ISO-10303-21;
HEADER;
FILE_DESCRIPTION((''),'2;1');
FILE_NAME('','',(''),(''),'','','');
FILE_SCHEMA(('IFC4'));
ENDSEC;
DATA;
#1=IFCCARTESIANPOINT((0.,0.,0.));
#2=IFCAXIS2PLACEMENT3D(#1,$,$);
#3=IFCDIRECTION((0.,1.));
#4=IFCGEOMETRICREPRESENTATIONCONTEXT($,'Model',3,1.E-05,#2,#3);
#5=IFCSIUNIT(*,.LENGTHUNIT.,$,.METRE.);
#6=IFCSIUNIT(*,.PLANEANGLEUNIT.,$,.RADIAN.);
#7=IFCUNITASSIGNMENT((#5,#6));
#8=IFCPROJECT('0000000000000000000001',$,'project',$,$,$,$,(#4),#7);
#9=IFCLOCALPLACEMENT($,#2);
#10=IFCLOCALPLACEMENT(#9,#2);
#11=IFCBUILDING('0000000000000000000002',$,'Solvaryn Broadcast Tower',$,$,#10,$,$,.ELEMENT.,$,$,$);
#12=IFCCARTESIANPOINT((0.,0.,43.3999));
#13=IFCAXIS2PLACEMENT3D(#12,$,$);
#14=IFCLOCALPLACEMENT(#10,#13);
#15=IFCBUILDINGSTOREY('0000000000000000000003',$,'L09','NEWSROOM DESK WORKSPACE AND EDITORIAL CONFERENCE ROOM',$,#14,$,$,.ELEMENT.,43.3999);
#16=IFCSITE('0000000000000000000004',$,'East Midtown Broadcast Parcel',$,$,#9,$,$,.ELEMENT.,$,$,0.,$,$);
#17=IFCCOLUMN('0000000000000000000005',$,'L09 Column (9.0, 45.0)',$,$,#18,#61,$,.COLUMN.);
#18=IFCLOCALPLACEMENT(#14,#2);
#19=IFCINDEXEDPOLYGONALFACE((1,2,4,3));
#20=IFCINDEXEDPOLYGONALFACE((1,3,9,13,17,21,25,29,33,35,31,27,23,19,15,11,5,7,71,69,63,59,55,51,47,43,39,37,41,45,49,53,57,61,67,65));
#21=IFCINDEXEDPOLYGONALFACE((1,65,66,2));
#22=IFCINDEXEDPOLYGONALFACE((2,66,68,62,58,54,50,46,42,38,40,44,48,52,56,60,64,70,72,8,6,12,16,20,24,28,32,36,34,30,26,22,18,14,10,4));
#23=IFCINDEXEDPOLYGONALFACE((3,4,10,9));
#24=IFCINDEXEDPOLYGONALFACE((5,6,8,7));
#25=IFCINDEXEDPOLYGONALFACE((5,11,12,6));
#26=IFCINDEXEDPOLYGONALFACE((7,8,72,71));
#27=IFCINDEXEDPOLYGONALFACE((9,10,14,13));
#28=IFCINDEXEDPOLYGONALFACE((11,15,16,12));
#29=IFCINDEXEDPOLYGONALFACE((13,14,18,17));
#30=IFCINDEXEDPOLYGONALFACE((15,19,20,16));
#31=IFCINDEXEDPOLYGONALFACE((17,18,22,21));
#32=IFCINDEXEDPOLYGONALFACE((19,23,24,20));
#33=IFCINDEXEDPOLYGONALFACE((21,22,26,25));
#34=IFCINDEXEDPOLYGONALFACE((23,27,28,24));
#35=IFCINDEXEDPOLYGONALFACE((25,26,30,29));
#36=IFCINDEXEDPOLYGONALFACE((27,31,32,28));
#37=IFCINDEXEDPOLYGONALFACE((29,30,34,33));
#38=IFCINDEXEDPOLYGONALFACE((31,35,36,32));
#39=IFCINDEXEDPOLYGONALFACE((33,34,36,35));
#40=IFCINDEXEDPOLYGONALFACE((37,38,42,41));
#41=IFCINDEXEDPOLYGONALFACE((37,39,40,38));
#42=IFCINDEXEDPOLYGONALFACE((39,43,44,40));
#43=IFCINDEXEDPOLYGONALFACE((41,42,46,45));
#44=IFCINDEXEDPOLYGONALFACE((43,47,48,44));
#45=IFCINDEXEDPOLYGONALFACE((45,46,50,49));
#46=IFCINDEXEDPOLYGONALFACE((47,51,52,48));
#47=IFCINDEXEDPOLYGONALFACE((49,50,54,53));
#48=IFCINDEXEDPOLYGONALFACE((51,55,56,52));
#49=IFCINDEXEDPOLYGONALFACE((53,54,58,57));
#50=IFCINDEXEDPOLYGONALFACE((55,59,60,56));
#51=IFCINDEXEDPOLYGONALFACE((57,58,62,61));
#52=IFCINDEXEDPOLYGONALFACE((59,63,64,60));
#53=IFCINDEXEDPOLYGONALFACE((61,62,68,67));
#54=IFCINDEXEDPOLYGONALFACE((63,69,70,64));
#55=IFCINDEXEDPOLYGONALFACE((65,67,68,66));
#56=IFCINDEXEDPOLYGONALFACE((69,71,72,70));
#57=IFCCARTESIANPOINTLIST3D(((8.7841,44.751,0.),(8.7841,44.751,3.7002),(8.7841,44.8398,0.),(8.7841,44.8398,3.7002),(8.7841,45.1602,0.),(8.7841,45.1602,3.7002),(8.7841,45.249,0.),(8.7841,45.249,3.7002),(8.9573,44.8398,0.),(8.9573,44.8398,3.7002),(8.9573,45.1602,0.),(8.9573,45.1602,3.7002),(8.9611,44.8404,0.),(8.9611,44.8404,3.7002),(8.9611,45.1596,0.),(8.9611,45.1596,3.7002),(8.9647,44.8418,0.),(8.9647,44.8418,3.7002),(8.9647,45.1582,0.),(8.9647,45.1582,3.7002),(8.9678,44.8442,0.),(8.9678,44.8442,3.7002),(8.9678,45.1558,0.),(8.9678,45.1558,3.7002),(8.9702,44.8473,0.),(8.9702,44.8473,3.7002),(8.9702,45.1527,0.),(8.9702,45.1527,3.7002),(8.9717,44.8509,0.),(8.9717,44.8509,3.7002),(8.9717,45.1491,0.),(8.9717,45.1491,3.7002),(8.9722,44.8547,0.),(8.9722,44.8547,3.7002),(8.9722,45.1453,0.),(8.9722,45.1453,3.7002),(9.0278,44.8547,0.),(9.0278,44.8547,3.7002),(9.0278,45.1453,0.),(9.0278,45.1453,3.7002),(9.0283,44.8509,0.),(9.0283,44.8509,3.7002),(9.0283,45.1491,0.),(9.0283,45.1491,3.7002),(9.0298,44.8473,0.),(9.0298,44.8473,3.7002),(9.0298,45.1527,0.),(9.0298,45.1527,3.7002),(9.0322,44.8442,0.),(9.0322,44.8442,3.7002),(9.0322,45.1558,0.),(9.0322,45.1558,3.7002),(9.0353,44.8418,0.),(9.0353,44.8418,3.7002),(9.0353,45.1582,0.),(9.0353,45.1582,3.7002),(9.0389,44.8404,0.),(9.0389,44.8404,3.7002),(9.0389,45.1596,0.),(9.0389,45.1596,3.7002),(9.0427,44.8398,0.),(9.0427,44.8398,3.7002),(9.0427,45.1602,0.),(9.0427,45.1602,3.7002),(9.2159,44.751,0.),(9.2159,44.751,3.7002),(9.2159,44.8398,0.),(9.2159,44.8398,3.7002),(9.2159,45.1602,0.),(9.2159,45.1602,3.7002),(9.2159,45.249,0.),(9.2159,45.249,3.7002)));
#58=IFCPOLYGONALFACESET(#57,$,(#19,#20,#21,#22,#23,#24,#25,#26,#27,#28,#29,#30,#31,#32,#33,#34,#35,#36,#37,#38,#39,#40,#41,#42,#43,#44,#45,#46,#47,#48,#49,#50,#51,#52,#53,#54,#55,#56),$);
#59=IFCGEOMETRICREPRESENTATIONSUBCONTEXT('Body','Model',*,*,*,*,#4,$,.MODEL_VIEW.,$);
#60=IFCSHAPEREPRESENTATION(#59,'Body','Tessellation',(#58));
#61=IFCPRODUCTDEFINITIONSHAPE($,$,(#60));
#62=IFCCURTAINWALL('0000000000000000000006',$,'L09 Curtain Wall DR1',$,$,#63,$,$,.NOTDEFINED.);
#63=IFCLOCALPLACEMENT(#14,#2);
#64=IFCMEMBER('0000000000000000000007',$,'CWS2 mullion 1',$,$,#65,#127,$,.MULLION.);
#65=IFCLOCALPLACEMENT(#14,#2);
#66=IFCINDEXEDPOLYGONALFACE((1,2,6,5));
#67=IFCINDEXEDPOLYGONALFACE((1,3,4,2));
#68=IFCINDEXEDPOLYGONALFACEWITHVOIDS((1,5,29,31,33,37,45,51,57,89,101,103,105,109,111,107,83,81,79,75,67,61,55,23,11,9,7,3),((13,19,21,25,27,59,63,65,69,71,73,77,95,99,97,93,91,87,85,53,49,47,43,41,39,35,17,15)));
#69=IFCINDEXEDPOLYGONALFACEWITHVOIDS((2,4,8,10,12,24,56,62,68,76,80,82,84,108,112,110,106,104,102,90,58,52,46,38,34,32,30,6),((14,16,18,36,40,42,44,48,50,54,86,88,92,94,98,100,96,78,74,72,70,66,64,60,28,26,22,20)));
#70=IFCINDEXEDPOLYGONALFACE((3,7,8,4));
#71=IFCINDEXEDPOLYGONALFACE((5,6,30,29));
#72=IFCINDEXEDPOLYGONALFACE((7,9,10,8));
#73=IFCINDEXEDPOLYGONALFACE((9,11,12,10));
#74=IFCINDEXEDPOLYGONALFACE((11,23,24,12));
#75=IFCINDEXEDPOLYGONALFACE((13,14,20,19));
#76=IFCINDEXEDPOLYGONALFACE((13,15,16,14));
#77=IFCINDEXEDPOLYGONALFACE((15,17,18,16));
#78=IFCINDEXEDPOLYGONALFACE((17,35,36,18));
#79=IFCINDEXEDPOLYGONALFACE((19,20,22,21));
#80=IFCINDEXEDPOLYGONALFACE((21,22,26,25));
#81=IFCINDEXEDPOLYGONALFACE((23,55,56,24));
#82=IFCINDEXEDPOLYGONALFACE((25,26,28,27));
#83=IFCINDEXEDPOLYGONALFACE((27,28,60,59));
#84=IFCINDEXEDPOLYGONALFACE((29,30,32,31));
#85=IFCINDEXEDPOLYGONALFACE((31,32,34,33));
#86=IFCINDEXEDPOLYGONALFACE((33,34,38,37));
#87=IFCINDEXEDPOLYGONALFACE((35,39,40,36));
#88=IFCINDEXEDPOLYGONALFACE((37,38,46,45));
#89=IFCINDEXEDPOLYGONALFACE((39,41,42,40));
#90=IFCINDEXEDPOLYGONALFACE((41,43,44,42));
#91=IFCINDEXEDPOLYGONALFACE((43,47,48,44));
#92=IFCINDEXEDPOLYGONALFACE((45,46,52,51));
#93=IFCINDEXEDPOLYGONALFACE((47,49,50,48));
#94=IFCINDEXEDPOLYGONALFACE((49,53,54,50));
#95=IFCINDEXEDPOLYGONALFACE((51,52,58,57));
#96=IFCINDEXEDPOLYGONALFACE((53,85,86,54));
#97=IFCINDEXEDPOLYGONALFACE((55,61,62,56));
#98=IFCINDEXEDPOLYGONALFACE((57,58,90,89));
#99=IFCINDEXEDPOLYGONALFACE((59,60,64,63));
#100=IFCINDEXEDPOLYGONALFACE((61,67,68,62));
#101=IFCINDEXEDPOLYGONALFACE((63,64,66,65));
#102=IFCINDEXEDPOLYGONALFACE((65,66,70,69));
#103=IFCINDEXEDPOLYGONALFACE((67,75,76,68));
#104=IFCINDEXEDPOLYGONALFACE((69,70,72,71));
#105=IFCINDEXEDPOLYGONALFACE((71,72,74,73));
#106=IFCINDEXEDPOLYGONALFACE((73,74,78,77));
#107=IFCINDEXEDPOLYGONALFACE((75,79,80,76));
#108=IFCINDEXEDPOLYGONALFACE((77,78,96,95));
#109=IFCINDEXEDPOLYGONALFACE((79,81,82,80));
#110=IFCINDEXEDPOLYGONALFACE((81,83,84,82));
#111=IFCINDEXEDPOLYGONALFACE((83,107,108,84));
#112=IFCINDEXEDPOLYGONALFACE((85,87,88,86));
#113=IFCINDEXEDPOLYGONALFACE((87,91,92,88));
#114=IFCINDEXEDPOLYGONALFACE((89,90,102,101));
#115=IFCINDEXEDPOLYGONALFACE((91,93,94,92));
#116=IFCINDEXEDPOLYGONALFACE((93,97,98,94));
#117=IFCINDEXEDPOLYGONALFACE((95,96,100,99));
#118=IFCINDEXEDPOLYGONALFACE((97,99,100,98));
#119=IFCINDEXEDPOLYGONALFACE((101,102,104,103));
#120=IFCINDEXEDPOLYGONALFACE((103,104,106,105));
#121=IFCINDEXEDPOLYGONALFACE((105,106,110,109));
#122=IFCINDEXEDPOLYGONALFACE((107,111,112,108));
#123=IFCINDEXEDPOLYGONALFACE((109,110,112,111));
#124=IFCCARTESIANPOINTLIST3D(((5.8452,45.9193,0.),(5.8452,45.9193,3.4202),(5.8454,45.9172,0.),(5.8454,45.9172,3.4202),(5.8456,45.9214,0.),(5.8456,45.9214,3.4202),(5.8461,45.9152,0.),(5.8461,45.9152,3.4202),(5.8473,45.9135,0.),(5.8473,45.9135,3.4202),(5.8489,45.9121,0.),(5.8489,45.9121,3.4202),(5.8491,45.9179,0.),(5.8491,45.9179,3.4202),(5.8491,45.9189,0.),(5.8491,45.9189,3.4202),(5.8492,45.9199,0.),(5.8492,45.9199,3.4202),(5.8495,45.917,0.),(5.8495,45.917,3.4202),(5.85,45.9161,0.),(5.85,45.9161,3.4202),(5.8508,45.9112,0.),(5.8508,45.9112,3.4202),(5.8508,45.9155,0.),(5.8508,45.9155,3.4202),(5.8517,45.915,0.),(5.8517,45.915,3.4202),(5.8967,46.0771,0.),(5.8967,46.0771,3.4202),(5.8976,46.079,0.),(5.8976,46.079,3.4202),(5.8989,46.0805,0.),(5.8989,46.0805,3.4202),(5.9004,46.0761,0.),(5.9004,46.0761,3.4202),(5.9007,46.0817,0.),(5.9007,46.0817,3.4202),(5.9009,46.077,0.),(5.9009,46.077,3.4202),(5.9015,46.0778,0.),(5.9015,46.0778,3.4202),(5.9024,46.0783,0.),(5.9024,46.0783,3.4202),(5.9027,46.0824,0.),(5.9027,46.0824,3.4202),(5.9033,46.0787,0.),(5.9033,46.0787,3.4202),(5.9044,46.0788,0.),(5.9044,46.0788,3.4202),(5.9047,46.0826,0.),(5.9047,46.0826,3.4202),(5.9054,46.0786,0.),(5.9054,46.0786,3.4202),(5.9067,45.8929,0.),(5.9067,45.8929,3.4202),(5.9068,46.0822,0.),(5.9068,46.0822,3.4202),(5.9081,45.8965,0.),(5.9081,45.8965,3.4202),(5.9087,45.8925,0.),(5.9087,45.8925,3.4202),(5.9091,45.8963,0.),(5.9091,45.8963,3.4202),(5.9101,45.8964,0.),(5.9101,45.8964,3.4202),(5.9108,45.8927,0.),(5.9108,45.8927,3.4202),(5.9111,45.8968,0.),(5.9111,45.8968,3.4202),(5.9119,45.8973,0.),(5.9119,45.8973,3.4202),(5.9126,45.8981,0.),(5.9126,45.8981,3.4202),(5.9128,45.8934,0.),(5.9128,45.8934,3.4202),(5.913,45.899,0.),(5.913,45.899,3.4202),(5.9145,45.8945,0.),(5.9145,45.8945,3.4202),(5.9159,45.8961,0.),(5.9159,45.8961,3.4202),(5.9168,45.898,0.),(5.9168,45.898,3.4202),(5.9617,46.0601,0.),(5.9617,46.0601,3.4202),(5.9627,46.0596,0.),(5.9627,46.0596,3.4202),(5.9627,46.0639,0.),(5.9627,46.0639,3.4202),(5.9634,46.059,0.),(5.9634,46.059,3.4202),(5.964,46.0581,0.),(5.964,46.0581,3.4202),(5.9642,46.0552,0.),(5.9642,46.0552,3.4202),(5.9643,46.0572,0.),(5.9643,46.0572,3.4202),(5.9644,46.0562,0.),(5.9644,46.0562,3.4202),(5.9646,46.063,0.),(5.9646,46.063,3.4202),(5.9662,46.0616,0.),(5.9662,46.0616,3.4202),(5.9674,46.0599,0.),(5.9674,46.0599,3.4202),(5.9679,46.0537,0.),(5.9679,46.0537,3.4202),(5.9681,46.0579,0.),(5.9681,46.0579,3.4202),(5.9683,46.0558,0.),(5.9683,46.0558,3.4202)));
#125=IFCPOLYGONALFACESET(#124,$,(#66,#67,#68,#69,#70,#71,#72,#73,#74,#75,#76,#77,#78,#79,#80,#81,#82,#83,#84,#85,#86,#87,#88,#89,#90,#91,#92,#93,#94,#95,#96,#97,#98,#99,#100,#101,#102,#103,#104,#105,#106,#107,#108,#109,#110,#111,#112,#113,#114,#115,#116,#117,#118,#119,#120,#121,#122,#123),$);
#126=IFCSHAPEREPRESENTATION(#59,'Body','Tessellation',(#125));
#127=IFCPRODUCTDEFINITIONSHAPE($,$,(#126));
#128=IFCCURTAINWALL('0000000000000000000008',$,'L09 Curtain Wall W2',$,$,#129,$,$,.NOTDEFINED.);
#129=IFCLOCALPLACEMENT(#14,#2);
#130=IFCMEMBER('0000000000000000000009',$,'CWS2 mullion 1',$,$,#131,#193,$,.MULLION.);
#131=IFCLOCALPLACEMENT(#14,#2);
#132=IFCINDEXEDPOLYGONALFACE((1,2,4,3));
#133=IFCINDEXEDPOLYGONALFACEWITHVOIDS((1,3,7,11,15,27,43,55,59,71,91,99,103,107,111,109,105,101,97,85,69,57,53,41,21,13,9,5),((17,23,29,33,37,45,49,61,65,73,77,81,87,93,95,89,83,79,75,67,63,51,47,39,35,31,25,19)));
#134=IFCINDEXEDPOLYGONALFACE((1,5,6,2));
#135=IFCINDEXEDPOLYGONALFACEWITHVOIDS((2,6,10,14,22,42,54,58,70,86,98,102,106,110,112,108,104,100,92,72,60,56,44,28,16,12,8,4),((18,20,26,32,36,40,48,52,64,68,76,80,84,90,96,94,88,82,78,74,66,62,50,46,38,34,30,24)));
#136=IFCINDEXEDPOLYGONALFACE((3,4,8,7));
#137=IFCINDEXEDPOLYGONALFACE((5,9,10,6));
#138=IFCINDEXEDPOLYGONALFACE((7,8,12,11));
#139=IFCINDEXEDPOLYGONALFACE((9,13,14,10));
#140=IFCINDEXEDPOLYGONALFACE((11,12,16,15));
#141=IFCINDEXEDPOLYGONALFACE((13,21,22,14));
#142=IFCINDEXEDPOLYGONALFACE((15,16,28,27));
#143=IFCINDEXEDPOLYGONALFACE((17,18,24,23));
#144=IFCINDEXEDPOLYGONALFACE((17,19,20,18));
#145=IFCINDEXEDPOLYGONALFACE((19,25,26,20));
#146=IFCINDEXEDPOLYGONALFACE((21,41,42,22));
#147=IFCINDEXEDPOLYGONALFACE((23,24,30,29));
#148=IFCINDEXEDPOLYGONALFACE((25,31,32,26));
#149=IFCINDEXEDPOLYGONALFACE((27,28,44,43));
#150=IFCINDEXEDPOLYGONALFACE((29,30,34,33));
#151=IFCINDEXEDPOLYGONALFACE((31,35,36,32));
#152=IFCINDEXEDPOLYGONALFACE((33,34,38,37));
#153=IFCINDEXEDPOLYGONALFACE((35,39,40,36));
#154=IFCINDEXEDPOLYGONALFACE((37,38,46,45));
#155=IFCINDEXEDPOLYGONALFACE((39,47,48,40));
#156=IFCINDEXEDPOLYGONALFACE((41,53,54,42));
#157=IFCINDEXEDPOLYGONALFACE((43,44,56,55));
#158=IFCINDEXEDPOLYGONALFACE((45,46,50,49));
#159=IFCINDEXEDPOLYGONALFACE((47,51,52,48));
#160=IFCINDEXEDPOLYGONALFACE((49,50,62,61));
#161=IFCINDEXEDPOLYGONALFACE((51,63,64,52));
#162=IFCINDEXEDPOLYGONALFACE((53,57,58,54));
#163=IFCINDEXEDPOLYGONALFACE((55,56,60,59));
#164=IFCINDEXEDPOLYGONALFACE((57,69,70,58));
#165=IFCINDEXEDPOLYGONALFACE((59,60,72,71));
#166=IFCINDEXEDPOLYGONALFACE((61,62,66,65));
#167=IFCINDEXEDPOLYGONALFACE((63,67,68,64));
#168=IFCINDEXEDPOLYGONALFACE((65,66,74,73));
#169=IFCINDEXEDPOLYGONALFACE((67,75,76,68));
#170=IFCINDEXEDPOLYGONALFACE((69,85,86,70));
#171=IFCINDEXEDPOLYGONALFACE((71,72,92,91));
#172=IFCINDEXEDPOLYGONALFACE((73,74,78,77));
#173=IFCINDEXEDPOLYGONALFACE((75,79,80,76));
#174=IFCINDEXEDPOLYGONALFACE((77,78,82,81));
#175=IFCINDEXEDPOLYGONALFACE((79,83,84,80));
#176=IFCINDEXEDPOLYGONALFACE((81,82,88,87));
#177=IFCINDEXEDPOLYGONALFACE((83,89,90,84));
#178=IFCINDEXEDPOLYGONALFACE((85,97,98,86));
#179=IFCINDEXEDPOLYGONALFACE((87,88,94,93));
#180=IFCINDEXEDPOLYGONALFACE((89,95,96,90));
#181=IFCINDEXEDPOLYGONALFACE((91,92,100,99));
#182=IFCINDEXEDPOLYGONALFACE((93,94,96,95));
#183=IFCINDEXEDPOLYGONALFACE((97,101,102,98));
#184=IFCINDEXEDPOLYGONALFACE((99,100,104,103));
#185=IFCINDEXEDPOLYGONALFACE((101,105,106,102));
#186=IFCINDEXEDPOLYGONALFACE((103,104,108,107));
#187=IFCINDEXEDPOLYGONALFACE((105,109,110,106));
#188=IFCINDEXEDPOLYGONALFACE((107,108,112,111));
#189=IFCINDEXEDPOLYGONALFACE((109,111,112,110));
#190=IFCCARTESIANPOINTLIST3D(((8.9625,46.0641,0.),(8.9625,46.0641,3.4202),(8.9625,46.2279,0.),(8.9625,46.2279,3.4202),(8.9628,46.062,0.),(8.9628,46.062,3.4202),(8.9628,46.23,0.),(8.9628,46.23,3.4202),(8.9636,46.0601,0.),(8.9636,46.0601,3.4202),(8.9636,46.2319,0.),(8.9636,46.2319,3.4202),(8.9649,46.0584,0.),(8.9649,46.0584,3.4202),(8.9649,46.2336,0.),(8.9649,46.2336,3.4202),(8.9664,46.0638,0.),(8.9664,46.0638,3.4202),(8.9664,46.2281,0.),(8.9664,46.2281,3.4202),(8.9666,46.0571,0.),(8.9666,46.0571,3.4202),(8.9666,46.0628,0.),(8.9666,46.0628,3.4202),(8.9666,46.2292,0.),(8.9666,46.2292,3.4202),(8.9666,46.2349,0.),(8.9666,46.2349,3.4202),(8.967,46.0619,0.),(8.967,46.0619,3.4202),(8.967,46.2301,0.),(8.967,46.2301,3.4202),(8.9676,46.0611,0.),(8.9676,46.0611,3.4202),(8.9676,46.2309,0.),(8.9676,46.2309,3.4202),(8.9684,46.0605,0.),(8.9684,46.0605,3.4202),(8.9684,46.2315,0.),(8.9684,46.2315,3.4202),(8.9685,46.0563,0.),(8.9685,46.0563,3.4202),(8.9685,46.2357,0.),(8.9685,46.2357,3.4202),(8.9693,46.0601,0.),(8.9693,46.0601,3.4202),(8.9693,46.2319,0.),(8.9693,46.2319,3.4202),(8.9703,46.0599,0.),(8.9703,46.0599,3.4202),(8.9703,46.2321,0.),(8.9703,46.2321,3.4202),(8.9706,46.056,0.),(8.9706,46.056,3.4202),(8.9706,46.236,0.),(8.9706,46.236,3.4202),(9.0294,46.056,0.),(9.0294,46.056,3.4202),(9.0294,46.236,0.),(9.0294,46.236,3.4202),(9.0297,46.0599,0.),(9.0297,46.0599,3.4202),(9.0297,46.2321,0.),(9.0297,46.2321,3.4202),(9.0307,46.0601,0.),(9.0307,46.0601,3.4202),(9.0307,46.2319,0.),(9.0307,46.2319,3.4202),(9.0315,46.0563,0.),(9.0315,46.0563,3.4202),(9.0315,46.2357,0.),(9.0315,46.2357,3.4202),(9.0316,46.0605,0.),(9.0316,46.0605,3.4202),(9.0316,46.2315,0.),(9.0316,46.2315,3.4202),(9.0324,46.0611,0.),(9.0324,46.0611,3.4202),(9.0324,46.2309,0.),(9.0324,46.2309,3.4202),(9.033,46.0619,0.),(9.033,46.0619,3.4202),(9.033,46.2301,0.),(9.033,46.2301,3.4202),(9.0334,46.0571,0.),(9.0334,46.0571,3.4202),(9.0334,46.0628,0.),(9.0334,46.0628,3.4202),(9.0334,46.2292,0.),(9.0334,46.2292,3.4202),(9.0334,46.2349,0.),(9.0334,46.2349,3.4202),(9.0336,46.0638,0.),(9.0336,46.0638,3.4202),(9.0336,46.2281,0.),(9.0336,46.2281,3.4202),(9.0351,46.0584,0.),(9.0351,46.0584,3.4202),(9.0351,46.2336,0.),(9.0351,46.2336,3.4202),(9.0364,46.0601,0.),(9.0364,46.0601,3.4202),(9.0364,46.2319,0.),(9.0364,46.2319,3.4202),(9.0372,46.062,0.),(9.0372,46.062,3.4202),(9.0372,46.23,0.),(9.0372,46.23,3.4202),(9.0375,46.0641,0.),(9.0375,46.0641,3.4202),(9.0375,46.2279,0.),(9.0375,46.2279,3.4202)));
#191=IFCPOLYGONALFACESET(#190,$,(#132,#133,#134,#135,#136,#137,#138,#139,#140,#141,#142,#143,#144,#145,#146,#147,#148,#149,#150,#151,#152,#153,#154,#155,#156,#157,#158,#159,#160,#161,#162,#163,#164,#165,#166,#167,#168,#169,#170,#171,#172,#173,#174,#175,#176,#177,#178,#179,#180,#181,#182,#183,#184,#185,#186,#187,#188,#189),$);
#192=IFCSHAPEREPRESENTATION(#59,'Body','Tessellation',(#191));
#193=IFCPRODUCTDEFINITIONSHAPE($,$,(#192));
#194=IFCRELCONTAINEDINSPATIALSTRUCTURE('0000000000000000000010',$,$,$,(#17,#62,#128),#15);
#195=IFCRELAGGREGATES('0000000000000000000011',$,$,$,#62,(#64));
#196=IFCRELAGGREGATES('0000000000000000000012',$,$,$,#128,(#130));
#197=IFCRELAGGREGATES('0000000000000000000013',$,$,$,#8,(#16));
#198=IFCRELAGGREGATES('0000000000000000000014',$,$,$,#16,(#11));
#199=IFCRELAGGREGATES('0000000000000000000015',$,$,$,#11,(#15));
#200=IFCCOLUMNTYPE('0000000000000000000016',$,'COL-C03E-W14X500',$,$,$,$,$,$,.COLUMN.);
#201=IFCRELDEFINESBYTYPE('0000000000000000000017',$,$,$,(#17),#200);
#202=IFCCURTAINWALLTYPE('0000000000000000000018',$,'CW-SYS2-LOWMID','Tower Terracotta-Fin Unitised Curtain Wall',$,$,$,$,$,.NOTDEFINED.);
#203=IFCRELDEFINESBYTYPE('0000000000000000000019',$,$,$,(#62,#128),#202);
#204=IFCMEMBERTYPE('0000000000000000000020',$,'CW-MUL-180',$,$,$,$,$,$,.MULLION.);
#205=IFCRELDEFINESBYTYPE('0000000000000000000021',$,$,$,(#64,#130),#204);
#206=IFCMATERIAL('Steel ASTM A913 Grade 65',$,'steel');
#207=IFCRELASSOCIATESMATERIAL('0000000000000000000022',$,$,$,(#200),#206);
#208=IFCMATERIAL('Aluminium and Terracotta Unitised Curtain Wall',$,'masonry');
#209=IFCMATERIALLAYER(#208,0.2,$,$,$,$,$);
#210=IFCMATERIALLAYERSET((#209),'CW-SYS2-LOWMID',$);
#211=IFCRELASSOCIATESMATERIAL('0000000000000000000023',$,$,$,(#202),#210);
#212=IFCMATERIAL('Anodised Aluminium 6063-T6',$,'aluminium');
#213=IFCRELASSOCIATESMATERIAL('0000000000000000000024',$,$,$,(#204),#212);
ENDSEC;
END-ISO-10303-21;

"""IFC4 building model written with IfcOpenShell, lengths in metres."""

from ifc_helpers import new_model, si_unit, direction, frame, origin, origin_2d, place, context, subcontext, project, spatial, hollow_rectangle, i_section, extrude, material, layer, layer_set, material_profile, profile_set, type_object, element, aggregate, save


model = new_model("IFC4")

# Units and contexts
model_context = context("Model", 3, precision=1e-05, world=origin(), true_north=direction((0.0, 1.0)))
body_context = subcontext(model_context, "Body", "Model", "MODEL_VIEW")
ifc_project = project(units=[si_unit("LENGTHUNIT", "METRE"), si_unit("PLANEANGLEUNIT", "RADIAN")], contexts=[model_context])

# Site, building, storey
site_placement = place(None, origin())
site = spatial("IfcSite", under=ifc_project, at=site_placement, Name="East Midtown Broadcast Parcel", CompositionType="ELEMENT", RefElevation=0.0)
building_placement = place(site_placement, origin())
building = spatial("IfcBuilding", under=site, at=building_placement, Name="Solvaryn Broadcast Tower", CompositionType="ELEMENT")
storey_placement = place(building_placement, frame((0.0, 0.0, 43.3999)))
storey = spatial("IfcBuildingStorey", under=building, at=storey_placement, Name="L09", Description="NEWSROOM DESK WORKSPACE AND EDITORIAL CONFERENCE ROOM", CompositionType="ELEMENT", Elevation=43.3999)

# Column
ifc_material_1 = material(Name="Steel ASTM A913 Grade 65", Category="steel")
ifc_material_profile_1 = material_profile(ifc_material_1, i_section(OverallWidth=0.4319, OverallDepth=0.498, WebThickness=0.0557, FlangeThickness=0.0889, FilletRadius=0.0149, at=origin_2d()))
ifc_profile_set_1 = profile_set([ifc_material_profile_1], Name="Steel ASTM A913 Grade 65")
column_type = type_object("IfcColumnType", Name="COL-C03E-W14X500", PredefinedType="COLUMN", material=ifc_profile_set_1)
column_placement = place(storey_placement, frame((9.0, 45.0, 0.0), z_axis=(0.0, 0.0, 1.0), x_axis=(1.0, 0.0, 0.0)))
element("IfcColumn", 1, at=column_placement, inside=storey, type_object=column_type, Name="L09 Column (9.0, 45.0)", PredefinedType="COLUMN", context=body_context, shape_type="SweptSolid", body=[
    extrude(i_section(OverallWidth=0.4319, OverallDepth=0.498, WebThickness=0.0557, FlangeThickness=0.0889, FilletRadius=0.0149, at=origin_2d()), origin(), (0.0, 0.0, 1.0), 3.7002),
])

# Curtain wall, member
ifc_material_2 = material(Name="Aluminium and Terracotta Unitised Curtain Wall", Category="masonry")
ifc_layer_1 = layer(ifc_material_2, 0.2)
ifc_layer_set_1 = layer_set([ifc_layer_1], Name="CW-SYS2-LOWMID")
curtain_wall_type = type_object("IfcCurtainWallType", Name="CW-SYS2-LOWMID", Description="Tower Terracotta-Fin Unitised Curtain Wall", PredefinedType="NOTDEFINED", material=ifc_layer_set_1)
curtain_wall_1_placement = place(storey_placement, origin())
curtain_wall_1 = element("IfcCurtainWall", 2, at=curtain_wall_1_placement, inside=storey, type_object=curtain_wall_type, Name="L09 Curtain Wall DR1", PredefinedType="NOTDEFINED")
ifc_material_3 = material(Name="Anodised Aluminium 6063-T6", Category="aluminium")
ifc_material_profile_2 = material_profile(ifc_material_3, hollow_rectangle(XDim=0.075, YDim=0.1799, WallThickness=0.0039, InnerFilletRadius=0.0039, OuterFilletRadius=0.0081, at=origin_2d()))
ifc_profile_set_2 = profile_set([ifc_material_profile_2], Name="Anodised Aluminium 6063-T6")
member_type_1 = type_object("IfcMemberType", Name="CW-MUL-180", PredefinedType="MULLION", material=ifc_profile_set_2)
member_1_placement = place(storey_placement, frame((5.9067, 45.9875, 0.0), z_axis=(0.0, 0.0, 1.0), x_axis=(0.950215, -0.311594, 0.0)))
member_1 = element("IfcMember", 3, at=member_1_placement, type_object=member_type_1, Name="CWS2 mullion 1", PredefinedType="MULLION", context=body_context, shape_type="SweptSolid", body=[
    extrude(hollow_rectangle(XDim=0.075, YDim=0.1799, WallThickness=0.0039, InnerFilletRadius=0.0039, OuterFilletRadius=0.0081, at=origin_2d()), origin(), (0.0, 0.0, 1.0), 3.4202),
])

# Curtain wall, member
curtain_wall_2_placement = place(storey_placement, origin())
curtain_wall_2 = element("IfcCurtainWall", 4, at=curtain_wall_2_placement, inside=storey, type_object=curtain_wall_type, Name="L09 Curtain Wall W2", PredefinedType="NOTDEFINED")
member_2_placement = place(storey_placement, frame((9.0, 46.146, 0.0), z_axis=(0.0, 0.0, 1.0), x_axis=(-1.0, 0.0, 0.0)))
member_2 = element("IfcMember", 5, at=member_2_placement, type_object=member_type_1, Name="CWS2 mullion 1", PredefinedType="MULLION", context=body_context, shape_type="SweptSolid", body=[
    extrude(hollow_rectangle(XDim=0.075, YDim=0.1799, WallThickness=0.0039, InnerFilletRadius=0.0039, OuterFilletRadius=0.0081, at=origin_2d()), origin(), (0.0, 0.0, 1.0), 3.4202),
])

aggregate(curtain_wall_1, [member_1])

aggregate(curtain_wall_2, [member_2])

save(model, "model.ifc")
